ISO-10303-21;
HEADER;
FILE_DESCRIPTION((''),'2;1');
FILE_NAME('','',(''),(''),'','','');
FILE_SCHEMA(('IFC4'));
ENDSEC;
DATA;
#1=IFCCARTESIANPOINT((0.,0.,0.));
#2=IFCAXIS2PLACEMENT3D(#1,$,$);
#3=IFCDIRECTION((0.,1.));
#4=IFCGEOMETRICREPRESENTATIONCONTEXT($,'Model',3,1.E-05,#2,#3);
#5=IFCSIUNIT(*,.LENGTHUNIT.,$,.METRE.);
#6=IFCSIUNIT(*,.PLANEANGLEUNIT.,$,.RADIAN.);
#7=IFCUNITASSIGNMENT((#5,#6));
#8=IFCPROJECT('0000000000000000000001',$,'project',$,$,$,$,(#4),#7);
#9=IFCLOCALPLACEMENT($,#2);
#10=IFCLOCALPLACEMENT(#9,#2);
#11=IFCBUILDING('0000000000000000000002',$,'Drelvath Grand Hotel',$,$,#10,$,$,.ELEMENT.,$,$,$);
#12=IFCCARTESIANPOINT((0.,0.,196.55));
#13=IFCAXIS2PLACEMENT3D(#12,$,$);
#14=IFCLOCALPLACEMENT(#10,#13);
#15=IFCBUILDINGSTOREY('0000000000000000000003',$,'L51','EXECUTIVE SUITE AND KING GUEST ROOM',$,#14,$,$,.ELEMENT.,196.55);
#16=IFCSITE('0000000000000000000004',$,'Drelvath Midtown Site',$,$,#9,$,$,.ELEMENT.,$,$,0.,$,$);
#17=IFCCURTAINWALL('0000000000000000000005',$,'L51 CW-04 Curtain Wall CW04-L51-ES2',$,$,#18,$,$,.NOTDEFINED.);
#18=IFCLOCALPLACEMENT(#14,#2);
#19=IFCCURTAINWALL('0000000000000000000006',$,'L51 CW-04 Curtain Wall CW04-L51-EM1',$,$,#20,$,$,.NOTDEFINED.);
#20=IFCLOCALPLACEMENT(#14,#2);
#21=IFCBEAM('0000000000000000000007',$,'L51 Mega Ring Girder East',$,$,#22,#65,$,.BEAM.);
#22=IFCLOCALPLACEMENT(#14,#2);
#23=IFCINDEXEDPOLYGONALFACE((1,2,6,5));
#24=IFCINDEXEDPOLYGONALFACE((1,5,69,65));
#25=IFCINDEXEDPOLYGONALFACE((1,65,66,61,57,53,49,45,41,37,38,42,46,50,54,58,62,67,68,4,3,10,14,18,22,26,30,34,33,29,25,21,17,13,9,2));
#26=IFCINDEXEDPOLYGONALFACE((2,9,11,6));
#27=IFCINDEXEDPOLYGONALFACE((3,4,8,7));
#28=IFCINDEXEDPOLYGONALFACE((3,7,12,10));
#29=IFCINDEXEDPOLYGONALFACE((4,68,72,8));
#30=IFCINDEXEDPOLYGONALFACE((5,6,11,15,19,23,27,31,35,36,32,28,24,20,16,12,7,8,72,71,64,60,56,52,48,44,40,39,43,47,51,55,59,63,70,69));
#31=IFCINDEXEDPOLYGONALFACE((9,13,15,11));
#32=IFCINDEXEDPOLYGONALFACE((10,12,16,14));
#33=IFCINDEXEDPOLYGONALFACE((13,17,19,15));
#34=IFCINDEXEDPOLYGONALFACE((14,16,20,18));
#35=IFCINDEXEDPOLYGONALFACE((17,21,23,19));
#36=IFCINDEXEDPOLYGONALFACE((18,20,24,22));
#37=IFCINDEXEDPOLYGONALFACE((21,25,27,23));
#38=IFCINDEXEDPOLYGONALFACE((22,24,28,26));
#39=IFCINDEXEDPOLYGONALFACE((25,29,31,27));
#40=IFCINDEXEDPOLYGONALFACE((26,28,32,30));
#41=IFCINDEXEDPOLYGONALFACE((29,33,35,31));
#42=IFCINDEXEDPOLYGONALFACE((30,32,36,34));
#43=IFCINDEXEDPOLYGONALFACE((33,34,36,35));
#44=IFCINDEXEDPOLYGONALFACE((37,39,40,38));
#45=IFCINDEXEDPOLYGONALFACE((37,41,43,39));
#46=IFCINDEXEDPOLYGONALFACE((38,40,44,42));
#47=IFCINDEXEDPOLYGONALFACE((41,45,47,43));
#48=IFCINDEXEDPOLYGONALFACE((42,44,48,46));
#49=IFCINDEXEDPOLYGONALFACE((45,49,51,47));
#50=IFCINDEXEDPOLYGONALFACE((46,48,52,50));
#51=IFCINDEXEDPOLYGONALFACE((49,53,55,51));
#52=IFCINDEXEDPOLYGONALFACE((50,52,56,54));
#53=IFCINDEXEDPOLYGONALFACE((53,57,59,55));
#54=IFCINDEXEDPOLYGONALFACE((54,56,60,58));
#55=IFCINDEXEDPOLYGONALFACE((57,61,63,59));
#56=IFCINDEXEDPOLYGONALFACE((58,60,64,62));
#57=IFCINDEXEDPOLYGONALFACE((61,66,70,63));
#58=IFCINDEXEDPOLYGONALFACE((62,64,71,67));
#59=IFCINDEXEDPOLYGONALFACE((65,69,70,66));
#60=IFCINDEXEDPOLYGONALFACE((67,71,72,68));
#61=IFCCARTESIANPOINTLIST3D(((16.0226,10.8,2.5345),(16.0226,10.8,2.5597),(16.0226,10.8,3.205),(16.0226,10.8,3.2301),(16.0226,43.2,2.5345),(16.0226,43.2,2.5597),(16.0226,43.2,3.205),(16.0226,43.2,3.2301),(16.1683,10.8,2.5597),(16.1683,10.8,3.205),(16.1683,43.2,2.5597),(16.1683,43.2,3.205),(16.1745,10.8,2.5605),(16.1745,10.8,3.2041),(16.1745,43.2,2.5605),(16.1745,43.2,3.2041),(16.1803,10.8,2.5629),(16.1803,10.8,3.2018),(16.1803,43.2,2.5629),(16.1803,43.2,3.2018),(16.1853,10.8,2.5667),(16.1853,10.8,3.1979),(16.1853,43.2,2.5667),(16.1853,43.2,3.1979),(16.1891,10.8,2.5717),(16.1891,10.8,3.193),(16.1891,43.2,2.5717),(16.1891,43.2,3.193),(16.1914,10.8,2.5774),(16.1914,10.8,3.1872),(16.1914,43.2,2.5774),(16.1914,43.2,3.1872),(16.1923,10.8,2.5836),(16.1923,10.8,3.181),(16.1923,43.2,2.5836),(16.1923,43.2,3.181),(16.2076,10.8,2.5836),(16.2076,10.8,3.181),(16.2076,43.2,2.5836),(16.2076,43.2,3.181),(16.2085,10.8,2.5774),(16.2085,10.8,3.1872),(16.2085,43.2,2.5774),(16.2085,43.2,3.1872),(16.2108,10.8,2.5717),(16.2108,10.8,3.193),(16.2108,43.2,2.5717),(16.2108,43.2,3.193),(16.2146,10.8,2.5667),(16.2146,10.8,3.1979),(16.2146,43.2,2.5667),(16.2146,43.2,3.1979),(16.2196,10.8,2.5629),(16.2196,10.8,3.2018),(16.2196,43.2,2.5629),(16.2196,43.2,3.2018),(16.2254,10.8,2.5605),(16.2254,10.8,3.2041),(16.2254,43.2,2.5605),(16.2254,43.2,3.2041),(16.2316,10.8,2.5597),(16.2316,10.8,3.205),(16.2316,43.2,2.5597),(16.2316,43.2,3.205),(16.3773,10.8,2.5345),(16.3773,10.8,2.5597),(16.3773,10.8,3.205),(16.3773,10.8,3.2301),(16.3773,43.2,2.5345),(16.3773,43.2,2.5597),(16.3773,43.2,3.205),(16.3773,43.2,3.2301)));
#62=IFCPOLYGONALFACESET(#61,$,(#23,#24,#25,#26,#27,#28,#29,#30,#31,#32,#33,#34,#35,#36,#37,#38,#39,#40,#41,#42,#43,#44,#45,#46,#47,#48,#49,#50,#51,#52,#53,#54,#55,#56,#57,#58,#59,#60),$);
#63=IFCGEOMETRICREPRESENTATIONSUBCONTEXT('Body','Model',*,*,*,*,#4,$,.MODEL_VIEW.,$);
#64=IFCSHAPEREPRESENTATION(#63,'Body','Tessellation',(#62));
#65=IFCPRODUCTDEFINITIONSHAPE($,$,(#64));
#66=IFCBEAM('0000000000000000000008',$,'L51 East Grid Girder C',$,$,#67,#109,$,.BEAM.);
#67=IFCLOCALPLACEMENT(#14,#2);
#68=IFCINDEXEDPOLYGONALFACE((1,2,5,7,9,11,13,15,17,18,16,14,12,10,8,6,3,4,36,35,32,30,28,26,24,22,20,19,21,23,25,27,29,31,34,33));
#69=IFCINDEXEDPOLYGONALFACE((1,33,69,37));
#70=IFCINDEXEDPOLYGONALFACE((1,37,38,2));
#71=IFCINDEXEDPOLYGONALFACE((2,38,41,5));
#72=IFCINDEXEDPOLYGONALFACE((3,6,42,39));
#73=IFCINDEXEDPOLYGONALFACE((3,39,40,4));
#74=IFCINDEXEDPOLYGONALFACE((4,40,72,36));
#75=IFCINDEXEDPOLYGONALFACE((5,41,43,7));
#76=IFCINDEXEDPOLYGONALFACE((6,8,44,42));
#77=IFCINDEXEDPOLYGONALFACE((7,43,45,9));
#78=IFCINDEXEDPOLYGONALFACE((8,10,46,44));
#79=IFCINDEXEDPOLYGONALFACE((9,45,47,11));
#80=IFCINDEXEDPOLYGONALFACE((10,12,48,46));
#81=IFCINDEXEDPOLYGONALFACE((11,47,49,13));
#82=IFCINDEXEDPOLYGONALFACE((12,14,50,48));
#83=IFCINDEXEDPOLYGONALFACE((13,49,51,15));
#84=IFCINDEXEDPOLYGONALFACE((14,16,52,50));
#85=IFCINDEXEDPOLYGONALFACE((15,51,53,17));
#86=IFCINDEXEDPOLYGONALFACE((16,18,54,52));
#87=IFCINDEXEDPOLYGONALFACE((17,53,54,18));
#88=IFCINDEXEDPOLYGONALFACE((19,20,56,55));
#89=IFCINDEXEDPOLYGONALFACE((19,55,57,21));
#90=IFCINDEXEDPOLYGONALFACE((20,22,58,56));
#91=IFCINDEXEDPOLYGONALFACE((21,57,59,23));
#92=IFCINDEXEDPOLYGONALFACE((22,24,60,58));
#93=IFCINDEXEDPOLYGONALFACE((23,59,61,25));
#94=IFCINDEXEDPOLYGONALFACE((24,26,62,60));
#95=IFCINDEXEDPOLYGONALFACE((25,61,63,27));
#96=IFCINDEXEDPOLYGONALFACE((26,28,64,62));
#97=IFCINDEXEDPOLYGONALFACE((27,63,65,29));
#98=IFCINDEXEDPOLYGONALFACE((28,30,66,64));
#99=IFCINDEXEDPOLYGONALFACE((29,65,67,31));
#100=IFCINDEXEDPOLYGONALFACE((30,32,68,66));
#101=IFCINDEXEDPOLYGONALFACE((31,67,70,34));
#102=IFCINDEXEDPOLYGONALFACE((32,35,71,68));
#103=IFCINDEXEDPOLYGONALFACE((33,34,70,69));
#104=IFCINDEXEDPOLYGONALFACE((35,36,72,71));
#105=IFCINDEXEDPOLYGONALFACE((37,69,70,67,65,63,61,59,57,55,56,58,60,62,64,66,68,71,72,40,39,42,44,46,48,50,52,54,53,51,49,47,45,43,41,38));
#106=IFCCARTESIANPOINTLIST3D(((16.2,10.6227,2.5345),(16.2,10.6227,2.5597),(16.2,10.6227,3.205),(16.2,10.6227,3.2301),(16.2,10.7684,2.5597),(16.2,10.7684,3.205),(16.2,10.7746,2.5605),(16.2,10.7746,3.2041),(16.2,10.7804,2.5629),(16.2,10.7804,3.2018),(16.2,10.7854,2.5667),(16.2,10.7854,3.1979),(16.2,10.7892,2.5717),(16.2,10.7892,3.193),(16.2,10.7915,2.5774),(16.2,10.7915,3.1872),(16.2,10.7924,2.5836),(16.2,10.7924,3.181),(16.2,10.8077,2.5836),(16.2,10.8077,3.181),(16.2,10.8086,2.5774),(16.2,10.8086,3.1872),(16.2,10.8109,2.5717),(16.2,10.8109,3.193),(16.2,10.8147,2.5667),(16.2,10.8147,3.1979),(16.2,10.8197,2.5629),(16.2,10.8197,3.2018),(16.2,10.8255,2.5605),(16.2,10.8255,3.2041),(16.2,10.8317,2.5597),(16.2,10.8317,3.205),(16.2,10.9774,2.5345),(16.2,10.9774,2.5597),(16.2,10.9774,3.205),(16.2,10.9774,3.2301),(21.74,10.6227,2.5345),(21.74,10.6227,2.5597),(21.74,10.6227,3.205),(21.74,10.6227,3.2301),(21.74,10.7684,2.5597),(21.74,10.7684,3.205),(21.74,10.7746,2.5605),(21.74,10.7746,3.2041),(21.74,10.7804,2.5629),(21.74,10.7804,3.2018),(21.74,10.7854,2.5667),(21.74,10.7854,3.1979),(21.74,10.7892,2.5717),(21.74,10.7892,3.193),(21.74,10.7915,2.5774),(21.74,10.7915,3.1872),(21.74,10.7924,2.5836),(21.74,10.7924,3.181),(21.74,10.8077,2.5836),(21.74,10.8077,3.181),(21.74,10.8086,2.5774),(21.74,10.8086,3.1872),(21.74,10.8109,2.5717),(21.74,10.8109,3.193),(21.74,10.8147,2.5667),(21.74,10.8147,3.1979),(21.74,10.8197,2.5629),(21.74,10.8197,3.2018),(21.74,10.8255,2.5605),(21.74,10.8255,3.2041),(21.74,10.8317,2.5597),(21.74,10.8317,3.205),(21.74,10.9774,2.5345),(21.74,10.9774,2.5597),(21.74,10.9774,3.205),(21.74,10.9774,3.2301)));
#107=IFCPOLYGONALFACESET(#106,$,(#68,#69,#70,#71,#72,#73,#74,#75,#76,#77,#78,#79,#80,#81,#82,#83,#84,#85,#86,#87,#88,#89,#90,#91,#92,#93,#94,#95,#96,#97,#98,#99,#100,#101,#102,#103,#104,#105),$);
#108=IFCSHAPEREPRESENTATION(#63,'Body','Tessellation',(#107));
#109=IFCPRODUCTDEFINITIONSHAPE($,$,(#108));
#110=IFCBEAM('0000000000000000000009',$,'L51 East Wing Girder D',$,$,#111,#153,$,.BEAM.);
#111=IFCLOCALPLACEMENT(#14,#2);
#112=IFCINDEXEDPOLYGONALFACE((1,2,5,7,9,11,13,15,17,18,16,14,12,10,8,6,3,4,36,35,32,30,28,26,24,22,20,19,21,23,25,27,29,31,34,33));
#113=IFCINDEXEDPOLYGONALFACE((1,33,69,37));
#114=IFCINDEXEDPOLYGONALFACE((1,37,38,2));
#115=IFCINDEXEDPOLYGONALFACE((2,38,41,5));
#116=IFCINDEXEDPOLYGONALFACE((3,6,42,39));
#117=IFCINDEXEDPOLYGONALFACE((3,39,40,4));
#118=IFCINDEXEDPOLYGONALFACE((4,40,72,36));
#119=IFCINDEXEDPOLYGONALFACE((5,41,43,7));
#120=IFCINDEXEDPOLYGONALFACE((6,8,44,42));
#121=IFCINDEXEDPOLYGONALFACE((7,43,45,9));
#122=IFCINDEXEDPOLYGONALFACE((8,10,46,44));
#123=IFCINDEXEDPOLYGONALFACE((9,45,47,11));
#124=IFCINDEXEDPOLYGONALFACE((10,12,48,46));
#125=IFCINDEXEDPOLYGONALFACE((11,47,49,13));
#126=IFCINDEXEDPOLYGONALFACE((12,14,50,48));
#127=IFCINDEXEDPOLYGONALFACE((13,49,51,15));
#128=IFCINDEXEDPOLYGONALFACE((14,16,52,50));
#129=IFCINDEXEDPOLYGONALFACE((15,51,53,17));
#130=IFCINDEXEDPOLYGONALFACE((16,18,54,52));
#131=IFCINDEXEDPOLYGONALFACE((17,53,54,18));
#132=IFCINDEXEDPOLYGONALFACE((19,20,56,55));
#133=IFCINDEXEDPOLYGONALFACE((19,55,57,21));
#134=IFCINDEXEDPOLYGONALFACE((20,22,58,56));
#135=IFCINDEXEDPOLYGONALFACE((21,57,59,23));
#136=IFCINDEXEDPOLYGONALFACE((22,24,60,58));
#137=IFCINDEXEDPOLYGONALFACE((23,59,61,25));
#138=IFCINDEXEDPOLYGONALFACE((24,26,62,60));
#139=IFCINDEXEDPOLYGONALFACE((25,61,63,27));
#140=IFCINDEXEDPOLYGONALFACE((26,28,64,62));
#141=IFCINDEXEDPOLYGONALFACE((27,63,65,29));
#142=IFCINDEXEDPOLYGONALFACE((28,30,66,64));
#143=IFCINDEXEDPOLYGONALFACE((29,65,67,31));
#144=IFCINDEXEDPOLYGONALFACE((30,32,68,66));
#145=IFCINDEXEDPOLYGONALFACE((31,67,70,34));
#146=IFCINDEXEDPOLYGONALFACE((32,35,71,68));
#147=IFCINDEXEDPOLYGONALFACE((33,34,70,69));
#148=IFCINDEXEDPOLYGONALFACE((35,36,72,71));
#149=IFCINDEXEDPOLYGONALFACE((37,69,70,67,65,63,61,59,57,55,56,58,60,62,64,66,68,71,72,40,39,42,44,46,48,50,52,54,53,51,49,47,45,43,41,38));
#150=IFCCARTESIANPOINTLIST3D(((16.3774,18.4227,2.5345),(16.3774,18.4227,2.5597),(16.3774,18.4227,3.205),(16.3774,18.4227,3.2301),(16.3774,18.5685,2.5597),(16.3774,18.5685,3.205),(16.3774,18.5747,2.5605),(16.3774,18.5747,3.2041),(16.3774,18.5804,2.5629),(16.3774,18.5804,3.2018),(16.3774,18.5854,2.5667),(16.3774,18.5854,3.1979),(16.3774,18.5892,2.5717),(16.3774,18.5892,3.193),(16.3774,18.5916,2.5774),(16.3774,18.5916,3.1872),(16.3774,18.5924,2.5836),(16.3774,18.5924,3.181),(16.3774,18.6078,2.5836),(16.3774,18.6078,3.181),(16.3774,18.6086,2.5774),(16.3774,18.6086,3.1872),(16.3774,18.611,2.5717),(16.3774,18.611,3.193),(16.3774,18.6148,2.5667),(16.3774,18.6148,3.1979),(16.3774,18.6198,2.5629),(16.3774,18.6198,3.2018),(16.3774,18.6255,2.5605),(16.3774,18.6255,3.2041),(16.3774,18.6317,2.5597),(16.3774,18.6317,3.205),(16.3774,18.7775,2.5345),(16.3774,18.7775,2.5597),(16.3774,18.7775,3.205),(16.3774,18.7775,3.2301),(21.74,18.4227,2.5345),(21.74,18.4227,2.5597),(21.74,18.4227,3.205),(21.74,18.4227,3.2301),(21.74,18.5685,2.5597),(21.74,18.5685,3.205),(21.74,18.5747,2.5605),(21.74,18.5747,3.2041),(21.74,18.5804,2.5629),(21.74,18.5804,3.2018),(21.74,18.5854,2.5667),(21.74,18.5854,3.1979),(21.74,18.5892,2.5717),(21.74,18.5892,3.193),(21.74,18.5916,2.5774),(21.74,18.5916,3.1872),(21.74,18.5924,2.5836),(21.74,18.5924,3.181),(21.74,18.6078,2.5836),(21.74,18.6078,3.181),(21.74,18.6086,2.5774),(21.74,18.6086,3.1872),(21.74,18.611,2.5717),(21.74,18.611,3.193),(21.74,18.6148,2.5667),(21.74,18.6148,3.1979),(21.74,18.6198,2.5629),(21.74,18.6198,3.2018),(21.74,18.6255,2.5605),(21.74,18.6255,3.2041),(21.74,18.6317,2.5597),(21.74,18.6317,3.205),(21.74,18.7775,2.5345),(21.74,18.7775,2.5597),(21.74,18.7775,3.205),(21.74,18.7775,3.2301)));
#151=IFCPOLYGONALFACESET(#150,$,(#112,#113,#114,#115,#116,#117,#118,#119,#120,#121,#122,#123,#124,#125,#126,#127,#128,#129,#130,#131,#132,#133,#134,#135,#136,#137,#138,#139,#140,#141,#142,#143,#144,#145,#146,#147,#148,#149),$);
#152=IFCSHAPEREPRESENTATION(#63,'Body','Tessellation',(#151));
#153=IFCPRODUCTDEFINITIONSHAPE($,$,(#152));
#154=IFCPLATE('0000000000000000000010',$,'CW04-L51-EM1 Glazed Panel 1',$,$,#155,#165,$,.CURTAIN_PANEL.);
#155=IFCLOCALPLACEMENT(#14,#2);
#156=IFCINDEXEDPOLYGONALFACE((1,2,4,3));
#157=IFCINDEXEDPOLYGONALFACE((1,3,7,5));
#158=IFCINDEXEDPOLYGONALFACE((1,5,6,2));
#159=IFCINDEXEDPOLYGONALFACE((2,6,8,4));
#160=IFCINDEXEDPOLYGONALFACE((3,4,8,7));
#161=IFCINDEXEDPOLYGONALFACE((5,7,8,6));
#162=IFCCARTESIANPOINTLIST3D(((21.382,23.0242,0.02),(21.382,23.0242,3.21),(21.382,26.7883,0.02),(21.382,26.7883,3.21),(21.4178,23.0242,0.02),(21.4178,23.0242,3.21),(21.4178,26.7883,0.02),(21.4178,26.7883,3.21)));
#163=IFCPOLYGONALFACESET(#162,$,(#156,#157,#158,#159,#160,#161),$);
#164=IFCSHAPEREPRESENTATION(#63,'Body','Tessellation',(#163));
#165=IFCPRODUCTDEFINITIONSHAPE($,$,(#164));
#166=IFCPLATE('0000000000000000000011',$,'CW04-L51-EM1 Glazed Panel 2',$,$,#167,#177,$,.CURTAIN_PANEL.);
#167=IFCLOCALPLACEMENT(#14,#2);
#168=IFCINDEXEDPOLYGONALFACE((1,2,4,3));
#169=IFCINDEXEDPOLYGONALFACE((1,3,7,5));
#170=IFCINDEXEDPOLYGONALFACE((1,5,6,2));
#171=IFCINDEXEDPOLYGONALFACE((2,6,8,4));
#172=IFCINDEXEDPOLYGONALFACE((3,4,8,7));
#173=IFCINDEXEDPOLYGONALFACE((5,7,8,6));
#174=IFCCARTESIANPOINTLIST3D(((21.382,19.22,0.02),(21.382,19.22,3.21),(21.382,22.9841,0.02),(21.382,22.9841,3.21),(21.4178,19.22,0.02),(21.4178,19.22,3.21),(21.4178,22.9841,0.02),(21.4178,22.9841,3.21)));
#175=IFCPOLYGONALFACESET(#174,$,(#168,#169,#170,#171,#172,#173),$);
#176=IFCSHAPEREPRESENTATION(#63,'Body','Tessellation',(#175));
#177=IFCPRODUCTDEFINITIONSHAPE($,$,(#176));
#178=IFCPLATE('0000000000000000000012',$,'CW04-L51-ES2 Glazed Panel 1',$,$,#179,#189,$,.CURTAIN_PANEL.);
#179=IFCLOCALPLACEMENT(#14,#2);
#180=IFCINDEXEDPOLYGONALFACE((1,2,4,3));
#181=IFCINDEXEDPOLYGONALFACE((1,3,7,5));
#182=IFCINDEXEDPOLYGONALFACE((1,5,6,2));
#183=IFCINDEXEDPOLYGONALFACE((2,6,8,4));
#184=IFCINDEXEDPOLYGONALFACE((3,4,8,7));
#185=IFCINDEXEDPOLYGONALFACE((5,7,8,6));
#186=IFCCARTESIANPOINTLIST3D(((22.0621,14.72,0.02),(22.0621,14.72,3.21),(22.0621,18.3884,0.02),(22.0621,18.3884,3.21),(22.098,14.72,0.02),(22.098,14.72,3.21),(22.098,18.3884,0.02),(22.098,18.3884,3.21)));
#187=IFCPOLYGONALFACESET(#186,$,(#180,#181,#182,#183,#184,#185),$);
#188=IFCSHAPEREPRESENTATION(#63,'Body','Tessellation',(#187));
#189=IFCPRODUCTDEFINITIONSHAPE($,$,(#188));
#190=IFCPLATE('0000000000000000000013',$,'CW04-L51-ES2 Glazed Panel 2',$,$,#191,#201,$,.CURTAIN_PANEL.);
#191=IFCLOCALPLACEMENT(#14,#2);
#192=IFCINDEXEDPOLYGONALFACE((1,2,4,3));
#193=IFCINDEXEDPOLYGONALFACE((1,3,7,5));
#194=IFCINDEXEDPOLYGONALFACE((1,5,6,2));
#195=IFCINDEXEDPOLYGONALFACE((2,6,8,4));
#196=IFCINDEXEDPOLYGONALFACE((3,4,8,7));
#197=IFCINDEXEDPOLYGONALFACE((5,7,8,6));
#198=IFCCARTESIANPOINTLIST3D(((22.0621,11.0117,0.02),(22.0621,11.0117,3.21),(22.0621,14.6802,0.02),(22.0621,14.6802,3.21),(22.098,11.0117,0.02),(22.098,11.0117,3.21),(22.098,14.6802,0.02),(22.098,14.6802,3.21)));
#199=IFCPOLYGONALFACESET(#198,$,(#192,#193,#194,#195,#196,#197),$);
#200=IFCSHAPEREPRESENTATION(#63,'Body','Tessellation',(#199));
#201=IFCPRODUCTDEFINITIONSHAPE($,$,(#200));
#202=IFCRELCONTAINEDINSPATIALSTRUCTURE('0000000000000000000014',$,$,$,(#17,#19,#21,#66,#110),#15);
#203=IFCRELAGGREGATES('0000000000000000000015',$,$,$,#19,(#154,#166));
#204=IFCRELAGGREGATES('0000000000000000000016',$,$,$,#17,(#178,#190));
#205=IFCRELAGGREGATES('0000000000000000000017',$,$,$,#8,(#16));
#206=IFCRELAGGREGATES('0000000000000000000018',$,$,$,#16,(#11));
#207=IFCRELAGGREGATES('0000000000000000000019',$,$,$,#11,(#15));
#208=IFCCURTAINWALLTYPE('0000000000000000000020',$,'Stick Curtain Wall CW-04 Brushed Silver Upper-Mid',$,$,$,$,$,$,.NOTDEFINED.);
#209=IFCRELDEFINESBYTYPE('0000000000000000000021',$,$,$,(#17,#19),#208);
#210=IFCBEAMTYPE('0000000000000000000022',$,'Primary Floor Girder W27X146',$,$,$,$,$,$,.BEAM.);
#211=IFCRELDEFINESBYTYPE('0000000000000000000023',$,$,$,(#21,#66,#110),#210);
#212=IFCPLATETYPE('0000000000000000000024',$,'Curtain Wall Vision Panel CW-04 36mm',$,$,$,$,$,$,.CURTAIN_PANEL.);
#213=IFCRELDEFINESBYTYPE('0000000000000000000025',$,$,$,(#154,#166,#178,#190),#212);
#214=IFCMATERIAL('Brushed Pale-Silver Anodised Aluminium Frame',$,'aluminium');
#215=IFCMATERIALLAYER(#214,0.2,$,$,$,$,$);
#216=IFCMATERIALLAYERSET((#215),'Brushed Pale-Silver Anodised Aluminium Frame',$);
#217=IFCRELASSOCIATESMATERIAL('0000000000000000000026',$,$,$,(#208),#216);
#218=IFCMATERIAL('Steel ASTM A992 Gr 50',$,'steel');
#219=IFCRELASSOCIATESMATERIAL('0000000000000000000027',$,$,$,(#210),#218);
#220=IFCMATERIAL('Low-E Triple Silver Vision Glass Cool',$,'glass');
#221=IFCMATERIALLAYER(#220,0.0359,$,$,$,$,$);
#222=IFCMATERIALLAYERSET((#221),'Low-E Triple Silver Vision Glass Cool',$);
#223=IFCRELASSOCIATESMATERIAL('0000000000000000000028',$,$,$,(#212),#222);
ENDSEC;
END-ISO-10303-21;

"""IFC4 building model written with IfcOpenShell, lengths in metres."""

from ifc_helpers import new_model, si_unit, direction, frame, origin, origin_2d, place, context, subcontext, project, spatial, rectangle, i_section, extrude, material, layer, layer_set, material_profile, profile_set, type_object, element, aggregate, save


model = new_model("IFC4")

# Units and contexts
model_context = context("Model", 3, precision=1e-05, world=origin(), true_north=direction((0.0, 1.0)))
body_context = subcontext(model_context, "Body", "Model", "MODEL_VIEW")
ifc_project = project(units=[si_unit("LENGTHUNIT", "METRE"), si_unit("PLANEANGLEUNIT", "RADIAN")], contexts=[model_context])

# Site, building, storey
site_placement = place(None, origin())
site = spatial("IfcSite", under=ifc_project, at=site_placement, Name="Drelvath Midtown Site", CompositionType="ELEMENT", RefElevation=0.0)
building_placement = place(site_placement, origin())
building = spatial("IfcBuilding", under=site, at=building_placement, Name="Drelvath Grand Hotel", CompositionType="ELEMENT")
storey_placement = place(building_placement, frame((0.0, 0.0, 196.55)))
storey = spatial("IfcBuildingStorey", under=building, at=storey_placement, Name="L51", Description="EXECUTIVE SUITE AND KING GUEST ROOM", CompositionType="ELEMENT", Elevation=196.55)

# Shared definitions
ifc_material_1 = material(Name="Steel ASTM A992 Gr 50", Category="steel")

# Curtain wall
ifc_material_2 = material(Name="Brushed Pale-Silver Anodised Aluminium Frame", Category="aluminium")
ifc_layer_1 = layer(ifc_material_2, 0.2)
ifc_layer_set_1 = layer_set([ifc_layer_1], Name="Brushed Pale-Silver Anodised Aluminium Frame")
curtain_wall_type = type_object("IfcCurtainWallType", Name="Stick Curtain Wall CW-04 Brushed Silver Upper-Mid", PredefinedType="NOTDEFINED", material=ifc_layer_set_1)
curtain_wall_1_placement = place(storey_placement, origin())
curtain_wall_1 = element("IfcCurtainWall", 1, at=curtain_wall_1_placement, inside=storey, type_object=curtain_wall_type, Name="L51 CW-04 Curtain Wall CW04-L51-ES2", PredefinedType="NOTDEFINED")

# Curtain wall
curtain_wall_2_placement = place(storey_placement, origin())
curtain_wall_2 = element("IfcCurtainWall", 2, at=curtain_wall_2_placement, inside=storey, type_object=curtain_wall_type, Name="L51 CW-04 Curtain Wall CW04-L51-EM1", PredefinedType="NOTDEFINED")

# Beams
ifc_material_profile_1 = material_profile(ifc_material_1, i_section(OverallWidth=0.3547, OverallDepth=0.6956, WebThickness=0.0154, FlangeThickness=0.0251, FilletRadius=0.0239, at=origin_2d()), Name="W27X146")
ifc_profile_set_1 = profile_set([ifc_material_profile_1], Name="Steel ASTM A992 Gr 50")
beam_type_1 = type_object("IfcBeamType", Name="Primary Floor Girder W27X146", PredefinedType="BEAM", material=ifc_profile_set_1)
beam_1_placement = place(storey_placement, frame((16.2, 10.8, 2.8823), z_axis=(0.0, 1.0, 0.0), x_axis=(-1.0, 0.0, 0.0)))
element("IfcBeam", 3, at=beam_1_placement, inside=storey, type_object=beam_type_1, Name="L51 Mega Ring Girder East", PredefinedType="BEAM", context=body_context, shape_type="SweptSolid", body=[
    extrude(i_section(OverallWidth=0.3547, OverallDepth=0.6956, WebThickness=0.0154, FlangeThickness=0.0251, FilletRadius=0.0239, at=origin_2d()), origin(), (0.0, 0.0, 1.0), 32.3999),
])
beam_2_placement = place(storey_placement, frame((16.2, 10.8, 2.8823), z_axis=(1.0, 0.0, 0.0), x_axis=(0.0, 1.0, 0.0)))
element("IfcBeam", 4, at=beam_2_placement, inside=storey, type_object=beam_type_1, Name="L51 East Grid Girder C", PredefinedType="BEAM", context=body_context, shape_type="SweptSolid", body=[
    extrude(i_section(OverallWidth=0.3547, OverallDepth=0.6956, WebThickness=0.0154, FlangeThickness=0.0251, FilletRadius=0.0239, at=origin_2d()), origin(), (0.0, 0.0, 1.0), 5.54),
])
beam_3_placement = place(storey_placement, frame((16.3774, 18.6001, 2.8823), z_axis=(1.0, 0.0, 0.0), x_axis=(0.0, 1.0, 0.0)))
element("IfcBeam", 5, at=beam_3_placement, inside=storey, type_object=beam_type_1, Name="L51 East Wing Girder D", PredefinedType="BEAM", context=body_context, shape_type="SweptSolid", body=[
    extrude(i_section(OverallWidth=0.3547, OverallDepth=0.6956, WebThickness=0.0154, FlangeThickness=0.0251, FilletRadius=0.0239, at=origin_2d()), origin(), (0.0, 0.0, 1.0), 5.3625),
])

# Plates
ifc_material_3 = material(Name="Low-E Triple Silver Vision Glass Cool", Category="glass")
ifc_layer_2 = layer(ifc_material_3, 0.0359)
ifc_layer_set_2 = layer_set([ifc_layer_2], Name="Low-E Triple Silver Vision Glass Cool")
plate_type = type_object("IfcPlateType", Name="Curtain Wall Vision Panel CW-04 36mm", PredefinedType="CURTAIN_PANEL", material=ifc_layer_set_2)
plate_1_placement = place(storey_placement, frame((21.3999, 24.9062, 0.02), z_axis=(0.0, 0.0, 1.0), x_axis=(0.0, -1.0, 0.0)))
plate_1 = element("IfcPlate", 6, at=plate_1_placement, type_object=plate_type, Name="CW04-L51-EM1 Glazed Panel 1", PredefinedType="CURTAIN_PANEL", context=body_context, shape_type="SweptSolid", body=[
    extrude(rectangle(XDim=3.7642, YDim=0.0359, at=origin_2d()), origin(), (0.0, 0.0, 1.0), 3.1899),
])
plate_2_placement = place(storey_placement, frame((21.3999, 21.1021, 0.02), z_axis=(0.0, 0.0, 1.0), x_axis=(0.0, -1.0, 0.0)))
plate_2 = element("IfcPlate", 7, at=plate_2_placement, type_object=plate_type, Name="CW04-L51-EM1 Glazed Panel 2", PredefinedType="CURTAIN_PANEL", context=body_context, shape_type="SweptSolid", body=[
    extrude(rectangle(XDim=3.7642, YDim=0.0359, at=origin_2d()), origin(), (0.0, 0.0, 1.0), 3.1899),
])
aggregate(curtain_wall_2, [plate_1, plate_2])
plate_3_placement = place(storey_placement, frame((22.0801, 16.5542, 0.02), z_axis=(0.0, 0.0, 1.0), x_axis=(0.0, -1.0, 0.0)))
plate_3 = element("IfcPlate", 8, at=plate_3_placement, type_object=plate_type, Name="CW04-L51-ES2 Glazed Panel 1", PredefinedType="CURTAIN_PANEL", context=body_context, shape_type="SweptSolid", body=[
    extrude(rectangle(XDim=3.6685, YDim=0.0359, at=origin_2d()), origin(), (0.0, 0.0, 1.0), 3.1899),
])
plate_4_placement = place(storey_placement, frame((22.0801, 12.8459, 0.02), z_axis=(0.0, 0.0, 1.0), x_axis=(0.0, -1.0, 0.0)))
plate_4 = element("IfcPlate", 9, at=plate_4_placement, type_object=plate_type, Name="CW04-L51-ES2 Glazed Panel 2", PredefinedType="CURTAIN_PANEL", context=body_context, shape_type="SweptSolid", body=[
    extrude(rectangle(XDim=3.6685, YDim=0.0359, at=origin_2d()), origin(), (0.0, 0.0, 1.0), 3.1899),
])
aggregate(curtain_wall_1, [plate_3, plate_4])

save(model, "model.ifc")
